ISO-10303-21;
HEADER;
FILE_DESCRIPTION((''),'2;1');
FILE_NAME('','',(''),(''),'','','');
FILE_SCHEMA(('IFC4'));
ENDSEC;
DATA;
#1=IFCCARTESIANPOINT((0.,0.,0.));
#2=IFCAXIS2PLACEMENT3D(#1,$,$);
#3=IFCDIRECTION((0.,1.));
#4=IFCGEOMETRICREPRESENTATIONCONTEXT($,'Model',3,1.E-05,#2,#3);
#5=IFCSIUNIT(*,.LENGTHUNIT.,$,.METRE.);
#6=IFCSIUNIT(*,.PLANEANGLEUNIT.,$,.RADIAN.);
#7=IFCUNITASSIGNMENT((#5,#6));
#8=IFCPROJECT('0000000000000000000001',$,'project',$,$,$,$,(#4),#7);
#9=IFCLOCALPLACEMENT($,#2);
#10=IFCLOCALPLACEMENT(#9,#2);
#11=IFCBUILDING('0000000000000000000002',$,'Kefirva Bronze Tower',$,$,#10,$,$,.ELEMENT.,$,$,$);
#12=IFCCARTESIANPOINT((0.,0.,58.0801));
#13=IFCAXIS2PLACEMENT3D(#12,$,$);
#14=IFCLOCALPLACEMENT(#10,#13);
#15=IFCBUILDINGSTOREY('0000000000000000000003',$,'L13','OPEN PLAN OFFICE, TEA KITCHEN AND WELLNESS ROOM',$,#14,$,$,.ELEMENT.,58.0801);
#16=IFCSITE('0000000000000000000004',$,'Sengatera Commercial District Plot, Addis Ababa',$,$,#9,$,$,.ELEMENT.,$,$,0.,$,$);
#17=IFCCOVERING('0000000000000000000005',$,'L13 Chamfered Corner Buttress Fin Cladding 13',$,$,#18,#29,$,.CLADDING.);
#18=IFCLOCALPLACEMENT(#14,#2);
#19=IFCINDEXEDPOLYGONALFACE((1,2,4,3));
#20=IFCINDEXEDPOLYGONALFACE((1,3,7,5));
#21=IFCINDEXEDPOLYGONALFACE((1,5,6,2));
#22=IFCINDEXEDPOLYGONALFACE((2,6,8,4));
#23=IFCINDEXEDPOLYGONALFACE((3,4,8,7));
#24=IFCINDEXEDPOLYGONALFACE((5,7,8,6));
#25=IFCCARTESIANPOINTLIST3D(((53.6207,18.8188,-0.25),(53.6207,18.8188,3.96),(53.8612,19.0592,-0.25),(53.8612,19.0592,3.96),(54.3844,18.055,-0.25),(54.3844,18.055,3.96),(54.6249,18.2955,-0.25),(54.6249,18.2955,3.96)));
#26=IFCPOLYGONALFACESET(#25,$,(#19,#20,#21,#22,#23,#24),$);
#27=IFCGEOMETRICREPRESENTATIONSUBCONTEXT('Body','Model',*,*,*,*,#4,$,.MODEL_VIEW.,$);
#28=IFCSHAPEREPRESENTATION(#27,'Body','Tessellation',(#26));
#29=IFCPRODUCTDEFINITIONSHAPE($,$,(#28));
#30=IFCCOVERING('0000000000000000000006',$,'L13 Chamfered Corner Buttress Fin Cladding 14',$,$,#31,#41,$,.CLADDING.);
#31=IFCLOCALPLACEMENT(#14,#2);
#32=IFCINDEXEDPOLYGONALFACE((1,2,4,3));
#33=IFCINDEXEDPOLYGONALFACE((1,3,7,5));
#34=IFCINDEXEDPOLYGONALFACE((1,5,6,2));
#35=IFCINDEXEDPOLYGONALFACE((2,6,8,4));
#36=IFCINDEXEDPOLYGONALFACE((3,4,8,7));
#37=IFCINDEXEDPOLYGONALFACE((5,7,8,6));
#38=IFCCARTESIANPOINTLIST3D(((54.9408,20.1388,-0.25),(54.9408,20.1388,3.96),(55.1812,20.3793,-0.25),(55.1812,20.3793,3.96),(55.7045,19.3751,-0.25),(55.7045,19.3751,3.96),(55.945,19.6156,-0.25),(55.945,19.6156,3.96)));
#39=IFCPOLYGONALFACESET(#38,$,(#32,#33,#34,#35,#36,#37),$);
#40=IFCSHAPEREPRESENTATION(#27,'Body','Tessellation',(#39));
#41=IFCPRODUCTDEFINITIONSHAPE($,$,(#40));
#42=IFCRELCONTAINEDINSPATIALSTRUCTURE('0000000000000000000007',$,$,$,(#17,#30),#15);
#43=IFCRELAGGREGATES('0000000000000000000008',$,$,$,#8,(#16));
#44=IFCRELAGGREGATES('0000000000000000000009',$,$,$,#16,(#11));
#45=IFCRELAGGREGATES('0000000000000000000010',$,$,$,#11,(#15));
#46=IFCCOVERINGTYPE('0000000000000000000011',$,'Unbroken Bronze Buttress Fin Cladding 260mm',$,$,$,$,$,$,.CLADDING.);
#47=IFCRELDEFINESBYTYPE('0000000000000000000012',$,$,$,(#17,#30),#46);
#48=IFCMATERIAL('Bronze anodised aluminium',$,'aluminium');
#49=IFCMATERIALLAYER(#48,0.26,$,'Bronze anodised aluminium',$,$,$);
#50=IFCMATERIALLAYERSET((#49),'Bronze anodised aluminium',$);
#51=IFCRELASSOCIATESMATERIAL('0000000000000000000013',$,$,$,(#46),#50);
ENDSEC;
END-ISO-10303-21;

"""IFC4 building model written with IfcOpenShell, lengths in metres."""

from ifc_helpers import new_model, si_unit, direction, frame, origin, origin_2d, place, context, subcontext, project, spatial, rectangle, extrude, material, layer, layer_set, type_object, element, save


model = new_model("IFC4")

# Units and contexts
model_context = context("Model", 3, precision=1e-05, world=origin(), true_north=direction((0.0, 1.0)))
body_context = subcontext(model_context, "Body", "Model", "MODEL_VIEW")
ifc_project = project(units=[si_unit("LENGTHUNIT", "METRE"), si_unit("PLANEANGLEUNIT", "RADIAN")], contexts=[model_context])

# Site, building, storey
site_placement = place(None, origin())
site = spatial("IfcSite", under=ifc_project, at=site_placement, Name="Sengatera Commercial District Plot, Addis Ababa", CompositionType="ELEMENT", RefElevation=0.0)
building_placement = place(site_placement, origin())
building = spatial("IfcBuilding", under=site, at=building_placement, Name="Kefirva Bronze Tower", CompositionType="ELEMENT")
storey_placement = place(building_placement, frame((0.0, 0.0, 58.0801)))
storey = spatial("IfcBuildingStorey", under=building, at=storey_placement, Name="L13", Description="OPEN PLAN OFFICE, TEA KITCHEN AND WELLNESS ROOM", CompositionType="ELEMENT", Elevation=58.0801)

# Shared definitions
ifc_material_1 = material(Name="Bronze anodised aluminium", Category="aluminium")

# Coverings
ifc_layer_1 = layer(ifc_material_1, 0.26, Name="Bronze anodised aluminium")
ifc_layer_set_1 = layer_set([ifc_layer_1], Name="Bronze anodised aluminium")
covering_type_1 = type_object("IfcCoveringType", Name="Unbroken Bronze Buttress Fin Cladding 260mm", PredefinedType="CLADDING", material=ifc_layer_set_1)
for number, where, z_axis, x_axis, name in (
    (1, (54.1228, 18.5571, -0.25), (0.0, 0.0, 1.0), (0.707107, 0.707107, 0.0), "L13 Chamfered Corner Buttress Fin Cladding 13"),
    (2, (55.4429, 19.8772, -0.25), (0.0, 0.0, 1.0), (0.707107, 0.707107, 0.0), "L13 Chamfered Corner Buttress Fin Cladding 14"),
):
    element("IfcCovering", number, at=place(storey_placement, frame(where, z_axis=z_axis, x_axis=x_axis)), inside=storey, type_object=covering_type_1, Name=name, PredefinedType="CLADDING", context=body_context, shape_type="SweptSolid", body=[
        extrude(rectangle(XDim=0.3401, YDim=1.0801, at=origin_2d()), origin(), (0.0, 0.0, 1.0), 4.21),
    ])

save(model, "model.ifc")
